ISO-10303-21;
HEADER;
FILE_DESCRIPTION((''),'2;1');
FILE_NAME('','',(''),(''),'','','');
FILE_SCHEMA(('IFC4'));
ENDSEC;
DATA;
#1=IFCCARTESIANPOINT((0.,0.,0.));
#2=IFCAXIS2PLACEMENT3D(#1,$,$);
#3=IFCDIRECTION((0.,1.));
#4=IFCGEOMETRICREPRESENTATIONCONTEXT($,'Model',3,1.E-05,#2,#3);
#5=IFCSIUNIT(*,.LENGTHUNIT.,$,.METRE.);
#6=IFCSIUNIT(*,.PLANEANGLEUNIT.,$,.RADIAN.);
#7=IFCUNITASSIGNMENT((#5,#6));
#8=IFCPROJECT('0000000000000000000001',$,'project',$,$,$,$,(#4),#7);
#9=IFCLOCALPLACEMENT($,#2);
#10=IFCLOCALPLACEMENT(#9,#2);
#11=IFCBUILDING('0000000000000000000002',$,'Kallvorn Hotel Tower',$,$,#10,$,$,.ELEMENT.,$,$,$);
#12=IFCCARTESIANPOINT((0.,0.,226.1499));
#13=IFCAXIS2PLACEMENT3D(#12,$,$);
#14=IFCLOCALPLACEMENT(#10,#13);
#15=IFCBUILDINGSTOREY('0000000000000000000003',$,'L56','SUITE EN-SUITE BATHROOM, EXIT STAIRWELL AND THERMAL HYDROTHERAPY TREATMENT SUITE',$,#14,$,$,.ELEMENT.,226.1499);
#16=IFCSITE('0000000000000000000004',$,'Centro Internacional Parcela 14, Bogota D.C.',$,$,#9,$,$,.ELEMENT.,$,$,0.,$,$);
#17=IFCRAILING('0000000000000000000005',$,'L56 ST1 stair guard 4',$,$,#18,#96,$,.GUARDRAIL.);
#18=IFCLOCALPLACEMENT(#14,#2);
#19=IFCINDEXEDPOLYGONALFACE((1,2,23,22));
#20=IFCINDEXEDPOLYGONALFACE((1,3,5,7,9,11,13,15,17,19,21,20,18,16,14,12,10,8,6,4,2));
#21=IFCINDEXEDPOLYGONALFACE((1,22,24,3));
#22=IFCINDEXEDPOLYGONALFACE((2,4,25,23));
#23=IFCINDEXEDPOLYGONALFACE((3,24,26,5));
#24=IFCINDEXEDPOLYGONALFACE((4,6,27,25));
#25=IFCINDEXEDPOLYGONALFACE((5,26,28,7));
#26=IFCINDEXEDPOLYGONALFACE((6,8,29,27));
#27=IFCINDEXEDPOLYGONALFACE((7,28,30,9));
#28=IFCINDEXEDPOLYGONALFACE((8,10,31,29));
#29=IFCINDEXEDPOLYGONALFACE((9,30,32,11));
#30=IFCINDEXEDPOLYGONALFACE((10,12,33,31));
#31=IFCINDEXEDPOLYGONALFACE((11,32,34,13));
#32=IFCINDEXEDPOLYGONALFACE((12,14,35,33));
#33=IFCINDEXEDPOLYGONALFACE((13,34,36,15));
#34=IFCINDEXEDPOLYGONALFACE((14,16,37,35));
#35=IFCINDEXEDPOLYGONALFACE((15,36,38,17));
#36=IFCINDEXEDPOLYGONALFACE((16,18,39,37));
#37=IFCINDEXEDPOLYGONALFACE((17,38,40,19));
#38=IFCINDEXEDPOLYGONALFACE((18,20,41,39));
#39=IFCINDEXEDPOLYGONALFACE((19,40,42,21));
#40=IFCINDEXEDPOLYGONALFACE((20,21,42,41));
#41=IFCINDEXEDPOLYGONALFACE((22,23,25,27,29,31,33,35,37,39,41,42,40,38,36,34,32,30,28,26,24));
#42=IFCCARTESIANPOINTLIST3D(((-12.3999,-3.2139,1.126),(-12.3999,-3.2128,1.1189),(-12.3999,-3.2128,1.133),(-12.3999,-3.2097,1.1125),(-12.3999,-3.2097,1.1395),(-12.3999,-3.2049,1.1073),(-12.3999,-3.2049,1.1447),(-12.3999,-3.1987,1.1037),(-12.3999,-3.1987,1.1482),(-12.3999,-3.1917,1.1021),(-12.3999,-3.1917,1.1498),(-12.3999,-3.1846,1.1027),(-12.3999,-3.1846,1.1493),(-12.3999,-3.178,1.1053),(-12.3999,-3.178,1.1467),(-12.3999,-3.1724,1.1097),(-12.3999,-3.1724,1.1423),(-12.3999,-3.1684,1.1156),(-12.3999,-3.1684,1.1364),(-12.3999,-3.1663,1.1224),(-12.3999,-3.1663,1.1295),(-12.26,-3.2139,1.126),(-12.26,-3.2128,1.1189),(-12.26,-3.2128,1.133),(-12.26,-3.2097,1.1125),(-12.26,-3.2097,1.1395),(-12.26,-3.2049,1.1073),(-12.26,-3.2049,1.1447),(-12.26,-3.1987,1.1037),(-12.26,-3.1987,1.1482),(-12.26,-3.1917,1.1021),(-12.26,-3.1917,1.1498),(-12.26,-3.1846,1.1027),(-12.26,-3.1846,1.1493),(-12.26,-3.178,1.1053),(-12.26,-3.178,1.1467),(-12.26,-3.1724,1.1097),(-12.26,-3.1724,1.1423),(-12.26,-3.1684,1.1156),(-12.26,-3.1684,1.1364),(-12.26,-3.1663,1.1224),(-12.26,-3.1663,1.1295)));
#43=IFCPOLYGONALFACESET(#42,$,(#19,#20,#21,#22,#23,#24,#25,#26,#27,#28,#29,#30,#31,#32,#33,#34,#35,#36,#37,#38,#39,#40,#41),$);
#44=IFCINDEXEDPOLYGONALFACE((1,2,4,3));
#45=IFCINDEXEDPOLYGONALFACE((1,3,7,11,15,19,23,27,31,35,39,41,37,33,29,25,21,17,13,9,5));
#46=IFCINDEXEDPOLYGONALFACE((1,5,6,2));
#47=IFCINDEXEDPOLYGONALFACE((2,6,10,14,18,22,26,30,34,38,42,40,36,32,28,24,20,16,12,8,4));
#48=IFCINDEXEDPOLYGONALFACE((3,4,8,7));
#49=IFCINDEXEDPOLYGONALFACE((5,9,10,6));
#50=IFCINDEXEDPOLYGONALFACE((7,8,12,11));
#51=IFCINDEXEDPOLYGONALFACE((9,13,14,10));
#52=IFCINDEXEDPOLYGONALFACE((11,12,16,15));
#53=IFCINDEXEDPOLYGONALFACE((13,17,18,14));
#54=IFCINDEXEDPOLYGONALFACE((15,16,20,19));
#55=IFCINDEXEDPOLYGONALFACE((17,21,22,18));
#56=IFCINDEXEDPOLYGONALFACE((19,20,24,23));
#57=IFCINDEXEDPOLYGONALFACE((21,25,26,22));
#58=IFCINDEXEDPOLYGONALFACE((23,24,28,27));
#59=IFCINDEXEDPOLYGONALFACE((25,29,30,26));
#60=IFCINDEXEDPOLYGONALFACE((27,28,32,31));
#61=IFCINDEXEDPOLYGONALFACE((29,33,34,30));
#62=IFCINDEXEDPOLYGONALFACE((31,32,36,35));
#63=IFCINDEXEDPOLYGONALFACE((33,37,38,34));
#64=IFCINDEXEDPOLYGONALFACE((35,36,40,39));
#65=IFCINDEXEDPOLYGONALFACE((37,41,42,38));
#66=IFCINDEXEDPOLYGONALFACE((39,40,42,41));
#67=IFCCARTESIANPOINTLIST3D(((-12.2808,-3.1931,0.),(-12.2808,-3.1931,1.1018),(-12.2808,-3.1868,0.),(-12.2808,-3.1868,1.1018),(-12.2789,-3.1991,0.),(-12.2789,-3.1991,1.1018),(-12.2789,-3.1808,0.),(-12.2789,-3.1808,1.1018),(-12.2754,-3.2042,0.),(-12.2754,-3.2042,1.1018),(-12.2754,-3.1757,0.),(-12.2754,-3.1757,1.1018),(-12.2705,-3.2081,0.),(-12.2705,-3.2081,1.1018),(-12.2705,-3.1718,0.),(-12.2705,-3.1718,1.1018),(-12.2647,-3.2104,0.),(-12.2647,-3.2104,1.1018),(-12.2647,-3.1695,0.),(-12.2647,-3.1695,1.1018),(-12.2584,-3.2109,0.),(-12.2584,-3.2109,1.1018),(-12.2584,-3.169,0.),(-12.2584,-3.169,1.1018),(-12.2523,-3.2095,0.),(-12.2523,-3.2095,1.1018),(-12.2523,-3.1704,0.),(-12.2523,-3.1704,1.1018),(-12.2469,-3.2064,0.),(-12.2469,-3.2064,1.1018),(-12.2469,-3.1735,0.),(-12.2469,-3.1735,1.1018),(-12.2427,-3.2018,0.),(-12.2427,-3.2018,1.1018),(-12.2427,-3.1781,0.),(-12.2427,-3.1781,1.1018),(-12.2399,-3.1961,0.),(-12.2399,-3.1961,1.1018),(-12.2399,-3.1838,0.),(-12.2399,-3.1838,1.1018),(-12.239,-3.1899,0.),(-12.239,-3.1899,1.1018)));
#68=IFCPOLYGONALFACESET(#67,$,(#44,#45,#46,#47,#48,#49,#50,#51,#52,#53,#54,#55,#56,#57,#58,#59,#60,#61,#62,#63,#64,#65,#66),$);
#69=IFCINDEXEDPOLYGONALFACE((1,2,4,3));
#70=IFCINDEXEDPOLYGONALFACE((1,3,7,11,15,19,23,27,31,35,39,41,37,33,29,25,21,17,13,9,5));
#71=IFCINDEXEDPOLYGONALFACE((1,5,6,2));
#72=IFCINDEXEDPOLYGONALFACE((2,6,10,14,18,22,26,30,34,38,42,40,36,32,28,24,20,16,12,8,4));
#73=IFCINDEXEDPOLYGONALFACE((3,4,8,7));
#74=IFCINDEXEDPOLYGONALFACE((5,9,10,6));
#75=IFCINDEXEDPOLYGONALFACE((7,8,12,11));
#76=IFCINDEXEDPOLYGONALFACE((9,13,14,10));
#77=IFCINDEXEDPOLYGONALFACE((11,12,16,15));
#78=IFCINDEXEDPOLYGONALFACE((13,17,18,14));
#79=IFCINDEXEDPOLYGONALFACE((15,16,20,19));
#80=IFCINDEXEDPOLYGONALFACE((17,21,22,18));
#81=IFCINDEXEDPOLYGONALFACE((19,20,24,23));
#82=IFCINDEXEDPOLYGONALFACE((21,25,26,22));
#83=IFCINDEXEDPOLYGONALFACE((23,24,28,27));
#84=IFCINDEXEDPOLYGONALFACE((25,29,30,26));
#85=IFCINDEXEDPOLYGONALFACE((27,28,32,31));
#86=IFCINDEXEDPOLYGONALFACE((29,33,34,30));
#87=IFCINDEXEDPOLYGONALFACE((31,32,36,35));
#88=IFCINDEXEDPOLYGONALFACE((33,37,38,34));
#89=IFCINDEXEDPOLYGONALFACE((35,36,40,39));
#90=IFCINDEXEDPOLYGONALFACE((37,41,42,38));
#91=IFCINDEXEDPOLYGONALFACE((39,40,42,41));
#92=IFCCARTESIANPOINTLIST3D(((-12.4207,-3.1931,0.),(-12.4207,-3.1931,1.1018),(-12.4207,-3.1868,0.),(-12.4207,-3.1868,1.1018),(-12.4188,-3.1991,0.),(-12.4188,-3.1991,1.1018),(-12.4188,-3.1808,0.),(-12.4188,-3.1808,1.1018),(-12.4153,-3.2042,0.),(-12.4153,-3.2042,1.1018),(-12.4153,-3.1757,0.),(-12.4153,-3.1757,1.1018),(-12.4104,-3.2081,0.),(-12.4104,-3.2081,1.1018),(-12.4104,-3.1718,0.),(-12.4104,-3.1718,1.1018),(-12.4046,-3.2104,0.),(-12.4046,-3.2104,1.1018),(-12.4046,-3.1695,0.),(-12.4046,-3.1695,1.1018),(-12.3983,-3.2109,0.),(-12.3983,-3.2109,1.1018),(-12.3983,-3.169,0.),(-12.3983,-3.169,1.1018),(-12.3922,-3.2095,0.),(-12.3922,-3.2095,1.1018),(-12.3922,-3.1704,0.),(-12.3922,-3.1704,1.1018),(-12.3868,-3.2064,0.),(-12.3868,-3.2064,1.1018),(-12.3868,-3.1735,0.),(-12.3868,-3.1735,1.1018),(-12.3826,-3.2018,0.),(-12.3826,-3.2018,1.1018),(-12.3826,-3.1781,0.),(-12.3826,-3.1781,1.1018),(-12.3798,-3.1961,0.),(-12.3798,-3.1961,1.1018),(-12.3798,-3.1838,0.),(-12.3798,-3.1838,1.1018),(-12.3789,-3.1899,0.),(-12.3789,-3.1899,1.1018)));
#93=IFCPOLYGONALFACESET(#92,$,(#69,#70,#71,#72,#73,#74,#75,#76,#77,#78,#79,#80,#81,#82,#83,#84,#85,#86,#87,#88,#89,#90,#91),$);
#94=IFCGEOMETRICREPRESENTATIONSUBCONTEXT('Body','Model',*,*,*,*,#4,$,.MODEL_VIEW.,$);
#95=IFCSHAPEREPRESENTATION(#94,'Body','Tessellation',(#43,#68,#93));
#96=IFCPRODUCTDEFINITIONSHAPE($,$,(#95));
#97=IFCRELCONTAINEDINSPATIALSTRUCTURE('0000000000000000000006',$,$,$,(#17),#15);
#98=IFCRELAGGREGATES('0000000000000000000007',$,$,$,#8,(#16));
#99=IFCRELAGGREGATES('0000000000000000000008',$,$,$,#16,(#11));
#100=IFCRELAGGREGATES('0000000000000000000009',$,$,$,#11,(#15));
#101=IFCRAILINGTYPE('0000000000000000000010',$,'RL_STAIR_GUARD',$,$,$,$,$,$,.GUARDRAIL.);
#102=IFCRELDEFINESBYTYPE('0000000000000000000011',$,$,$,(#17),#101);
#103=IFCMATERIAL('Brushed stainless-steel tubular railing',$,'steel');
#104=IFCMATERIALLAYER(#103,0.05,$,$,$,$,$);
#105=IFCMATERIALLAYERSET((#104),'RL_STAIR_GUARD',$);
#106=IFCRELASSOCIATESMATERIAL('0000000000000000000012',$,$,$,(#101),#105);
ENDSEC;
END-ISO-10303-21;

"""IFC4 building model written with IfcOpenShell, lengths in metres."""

from ifc_helpers import new_model, si_unit, direction, frame, origin, origin_2d, place, context, subcontext, project, spatial, circle, extrude, material, layer, layer_set, type_object, element, save


model = new_model("IFC4")

# Units and contexts
model_context = context("Model", 3, precision=1e-05, world=origin(), true_north=direction((0.0, 1.0)))
body_context = subcontext(model_context, "Body", "Model", "MODEL_VIEW")
ifc_project = project(units=[si_unit("LENGTHUNIT", "METRE"), si_unit("PLANEANGLEUNIT", "RADIAN")], contexts=[model_context])

# Site, building, storey
site_placement = place(None, origin())
site = spatial("IfcSite", under=ifc_project, at=site_placement, Name="Centro Internacional Parcela 14, Bogota D.C.", CompositionType="ELEMENT", RefElevation=0.0)
building_placement = place(site_placement, origin())
building = spatial("IfcBuilding", under=site, at=building_placement, Name="Kallvorn Hotel Tower", CompositionType="ELEMENT")
storey_placement = place(building_placement, frame((0.0, 0.0, 226.1499)))
storey = spatial("IfcBuildingStorey", under=building, at=storey_placement, Name="L56", Description="SUITE EN-SUITE BATHROOM, EXIT STAIRWELL AND THERMAL HYDROTHERAPY TREATMENT SUITE", CompositionType="ELEMENT", Elevation=226.1499)

# Railing
ifc_material_1 = material(Name="Brushed stainless-steel tubular railing", Category="steel")
ifc_layer_1 = layer(ifc_material_1, 0.05)
ifc_layer_set_1 = layer_set([ifc_layer_1], Name="RL_STAIR_GUARD")
railing_type_1 = type_object("IfcRailingType", Name="RL_STAIR_GUARD", PredefinedType="GUARDRAIL", material=ifc_layer_set_1)
railing_1_placement = place(storey_placement, frame((-12.26, -3.1899, 0.0)))
element("IfcRailing", 1, at=railing_1_placement, inside=storey, type_object=railing_type_1, Name="L56 ST1 stair guard 4", PredefinedType="GUARDRAIL", context=body_context, shape_type="SweptSolid", body=[
    extrude(circle(Radius=0.0239, at=origin_2d()), frame((0.0, 0.0, 1.126), z_axis=(-1.0, 0.0, 0.0), x_axis=(0.0, -1.0, 0.0)), (0.0, 0.0, 1.0), 0.1399),
    extrude(circle(Radius=0.021, at=origin_2d()), origin(), (0.0, 0.0, 1.0), 1.1018),
    extrude(circle(Radius=0.021, at=origin_2d()), frame((-0.1399, 0.0, 0.0)), (0.0, 0.0, 1.0), 1.1018),
])

save(model, "model.ifc")
